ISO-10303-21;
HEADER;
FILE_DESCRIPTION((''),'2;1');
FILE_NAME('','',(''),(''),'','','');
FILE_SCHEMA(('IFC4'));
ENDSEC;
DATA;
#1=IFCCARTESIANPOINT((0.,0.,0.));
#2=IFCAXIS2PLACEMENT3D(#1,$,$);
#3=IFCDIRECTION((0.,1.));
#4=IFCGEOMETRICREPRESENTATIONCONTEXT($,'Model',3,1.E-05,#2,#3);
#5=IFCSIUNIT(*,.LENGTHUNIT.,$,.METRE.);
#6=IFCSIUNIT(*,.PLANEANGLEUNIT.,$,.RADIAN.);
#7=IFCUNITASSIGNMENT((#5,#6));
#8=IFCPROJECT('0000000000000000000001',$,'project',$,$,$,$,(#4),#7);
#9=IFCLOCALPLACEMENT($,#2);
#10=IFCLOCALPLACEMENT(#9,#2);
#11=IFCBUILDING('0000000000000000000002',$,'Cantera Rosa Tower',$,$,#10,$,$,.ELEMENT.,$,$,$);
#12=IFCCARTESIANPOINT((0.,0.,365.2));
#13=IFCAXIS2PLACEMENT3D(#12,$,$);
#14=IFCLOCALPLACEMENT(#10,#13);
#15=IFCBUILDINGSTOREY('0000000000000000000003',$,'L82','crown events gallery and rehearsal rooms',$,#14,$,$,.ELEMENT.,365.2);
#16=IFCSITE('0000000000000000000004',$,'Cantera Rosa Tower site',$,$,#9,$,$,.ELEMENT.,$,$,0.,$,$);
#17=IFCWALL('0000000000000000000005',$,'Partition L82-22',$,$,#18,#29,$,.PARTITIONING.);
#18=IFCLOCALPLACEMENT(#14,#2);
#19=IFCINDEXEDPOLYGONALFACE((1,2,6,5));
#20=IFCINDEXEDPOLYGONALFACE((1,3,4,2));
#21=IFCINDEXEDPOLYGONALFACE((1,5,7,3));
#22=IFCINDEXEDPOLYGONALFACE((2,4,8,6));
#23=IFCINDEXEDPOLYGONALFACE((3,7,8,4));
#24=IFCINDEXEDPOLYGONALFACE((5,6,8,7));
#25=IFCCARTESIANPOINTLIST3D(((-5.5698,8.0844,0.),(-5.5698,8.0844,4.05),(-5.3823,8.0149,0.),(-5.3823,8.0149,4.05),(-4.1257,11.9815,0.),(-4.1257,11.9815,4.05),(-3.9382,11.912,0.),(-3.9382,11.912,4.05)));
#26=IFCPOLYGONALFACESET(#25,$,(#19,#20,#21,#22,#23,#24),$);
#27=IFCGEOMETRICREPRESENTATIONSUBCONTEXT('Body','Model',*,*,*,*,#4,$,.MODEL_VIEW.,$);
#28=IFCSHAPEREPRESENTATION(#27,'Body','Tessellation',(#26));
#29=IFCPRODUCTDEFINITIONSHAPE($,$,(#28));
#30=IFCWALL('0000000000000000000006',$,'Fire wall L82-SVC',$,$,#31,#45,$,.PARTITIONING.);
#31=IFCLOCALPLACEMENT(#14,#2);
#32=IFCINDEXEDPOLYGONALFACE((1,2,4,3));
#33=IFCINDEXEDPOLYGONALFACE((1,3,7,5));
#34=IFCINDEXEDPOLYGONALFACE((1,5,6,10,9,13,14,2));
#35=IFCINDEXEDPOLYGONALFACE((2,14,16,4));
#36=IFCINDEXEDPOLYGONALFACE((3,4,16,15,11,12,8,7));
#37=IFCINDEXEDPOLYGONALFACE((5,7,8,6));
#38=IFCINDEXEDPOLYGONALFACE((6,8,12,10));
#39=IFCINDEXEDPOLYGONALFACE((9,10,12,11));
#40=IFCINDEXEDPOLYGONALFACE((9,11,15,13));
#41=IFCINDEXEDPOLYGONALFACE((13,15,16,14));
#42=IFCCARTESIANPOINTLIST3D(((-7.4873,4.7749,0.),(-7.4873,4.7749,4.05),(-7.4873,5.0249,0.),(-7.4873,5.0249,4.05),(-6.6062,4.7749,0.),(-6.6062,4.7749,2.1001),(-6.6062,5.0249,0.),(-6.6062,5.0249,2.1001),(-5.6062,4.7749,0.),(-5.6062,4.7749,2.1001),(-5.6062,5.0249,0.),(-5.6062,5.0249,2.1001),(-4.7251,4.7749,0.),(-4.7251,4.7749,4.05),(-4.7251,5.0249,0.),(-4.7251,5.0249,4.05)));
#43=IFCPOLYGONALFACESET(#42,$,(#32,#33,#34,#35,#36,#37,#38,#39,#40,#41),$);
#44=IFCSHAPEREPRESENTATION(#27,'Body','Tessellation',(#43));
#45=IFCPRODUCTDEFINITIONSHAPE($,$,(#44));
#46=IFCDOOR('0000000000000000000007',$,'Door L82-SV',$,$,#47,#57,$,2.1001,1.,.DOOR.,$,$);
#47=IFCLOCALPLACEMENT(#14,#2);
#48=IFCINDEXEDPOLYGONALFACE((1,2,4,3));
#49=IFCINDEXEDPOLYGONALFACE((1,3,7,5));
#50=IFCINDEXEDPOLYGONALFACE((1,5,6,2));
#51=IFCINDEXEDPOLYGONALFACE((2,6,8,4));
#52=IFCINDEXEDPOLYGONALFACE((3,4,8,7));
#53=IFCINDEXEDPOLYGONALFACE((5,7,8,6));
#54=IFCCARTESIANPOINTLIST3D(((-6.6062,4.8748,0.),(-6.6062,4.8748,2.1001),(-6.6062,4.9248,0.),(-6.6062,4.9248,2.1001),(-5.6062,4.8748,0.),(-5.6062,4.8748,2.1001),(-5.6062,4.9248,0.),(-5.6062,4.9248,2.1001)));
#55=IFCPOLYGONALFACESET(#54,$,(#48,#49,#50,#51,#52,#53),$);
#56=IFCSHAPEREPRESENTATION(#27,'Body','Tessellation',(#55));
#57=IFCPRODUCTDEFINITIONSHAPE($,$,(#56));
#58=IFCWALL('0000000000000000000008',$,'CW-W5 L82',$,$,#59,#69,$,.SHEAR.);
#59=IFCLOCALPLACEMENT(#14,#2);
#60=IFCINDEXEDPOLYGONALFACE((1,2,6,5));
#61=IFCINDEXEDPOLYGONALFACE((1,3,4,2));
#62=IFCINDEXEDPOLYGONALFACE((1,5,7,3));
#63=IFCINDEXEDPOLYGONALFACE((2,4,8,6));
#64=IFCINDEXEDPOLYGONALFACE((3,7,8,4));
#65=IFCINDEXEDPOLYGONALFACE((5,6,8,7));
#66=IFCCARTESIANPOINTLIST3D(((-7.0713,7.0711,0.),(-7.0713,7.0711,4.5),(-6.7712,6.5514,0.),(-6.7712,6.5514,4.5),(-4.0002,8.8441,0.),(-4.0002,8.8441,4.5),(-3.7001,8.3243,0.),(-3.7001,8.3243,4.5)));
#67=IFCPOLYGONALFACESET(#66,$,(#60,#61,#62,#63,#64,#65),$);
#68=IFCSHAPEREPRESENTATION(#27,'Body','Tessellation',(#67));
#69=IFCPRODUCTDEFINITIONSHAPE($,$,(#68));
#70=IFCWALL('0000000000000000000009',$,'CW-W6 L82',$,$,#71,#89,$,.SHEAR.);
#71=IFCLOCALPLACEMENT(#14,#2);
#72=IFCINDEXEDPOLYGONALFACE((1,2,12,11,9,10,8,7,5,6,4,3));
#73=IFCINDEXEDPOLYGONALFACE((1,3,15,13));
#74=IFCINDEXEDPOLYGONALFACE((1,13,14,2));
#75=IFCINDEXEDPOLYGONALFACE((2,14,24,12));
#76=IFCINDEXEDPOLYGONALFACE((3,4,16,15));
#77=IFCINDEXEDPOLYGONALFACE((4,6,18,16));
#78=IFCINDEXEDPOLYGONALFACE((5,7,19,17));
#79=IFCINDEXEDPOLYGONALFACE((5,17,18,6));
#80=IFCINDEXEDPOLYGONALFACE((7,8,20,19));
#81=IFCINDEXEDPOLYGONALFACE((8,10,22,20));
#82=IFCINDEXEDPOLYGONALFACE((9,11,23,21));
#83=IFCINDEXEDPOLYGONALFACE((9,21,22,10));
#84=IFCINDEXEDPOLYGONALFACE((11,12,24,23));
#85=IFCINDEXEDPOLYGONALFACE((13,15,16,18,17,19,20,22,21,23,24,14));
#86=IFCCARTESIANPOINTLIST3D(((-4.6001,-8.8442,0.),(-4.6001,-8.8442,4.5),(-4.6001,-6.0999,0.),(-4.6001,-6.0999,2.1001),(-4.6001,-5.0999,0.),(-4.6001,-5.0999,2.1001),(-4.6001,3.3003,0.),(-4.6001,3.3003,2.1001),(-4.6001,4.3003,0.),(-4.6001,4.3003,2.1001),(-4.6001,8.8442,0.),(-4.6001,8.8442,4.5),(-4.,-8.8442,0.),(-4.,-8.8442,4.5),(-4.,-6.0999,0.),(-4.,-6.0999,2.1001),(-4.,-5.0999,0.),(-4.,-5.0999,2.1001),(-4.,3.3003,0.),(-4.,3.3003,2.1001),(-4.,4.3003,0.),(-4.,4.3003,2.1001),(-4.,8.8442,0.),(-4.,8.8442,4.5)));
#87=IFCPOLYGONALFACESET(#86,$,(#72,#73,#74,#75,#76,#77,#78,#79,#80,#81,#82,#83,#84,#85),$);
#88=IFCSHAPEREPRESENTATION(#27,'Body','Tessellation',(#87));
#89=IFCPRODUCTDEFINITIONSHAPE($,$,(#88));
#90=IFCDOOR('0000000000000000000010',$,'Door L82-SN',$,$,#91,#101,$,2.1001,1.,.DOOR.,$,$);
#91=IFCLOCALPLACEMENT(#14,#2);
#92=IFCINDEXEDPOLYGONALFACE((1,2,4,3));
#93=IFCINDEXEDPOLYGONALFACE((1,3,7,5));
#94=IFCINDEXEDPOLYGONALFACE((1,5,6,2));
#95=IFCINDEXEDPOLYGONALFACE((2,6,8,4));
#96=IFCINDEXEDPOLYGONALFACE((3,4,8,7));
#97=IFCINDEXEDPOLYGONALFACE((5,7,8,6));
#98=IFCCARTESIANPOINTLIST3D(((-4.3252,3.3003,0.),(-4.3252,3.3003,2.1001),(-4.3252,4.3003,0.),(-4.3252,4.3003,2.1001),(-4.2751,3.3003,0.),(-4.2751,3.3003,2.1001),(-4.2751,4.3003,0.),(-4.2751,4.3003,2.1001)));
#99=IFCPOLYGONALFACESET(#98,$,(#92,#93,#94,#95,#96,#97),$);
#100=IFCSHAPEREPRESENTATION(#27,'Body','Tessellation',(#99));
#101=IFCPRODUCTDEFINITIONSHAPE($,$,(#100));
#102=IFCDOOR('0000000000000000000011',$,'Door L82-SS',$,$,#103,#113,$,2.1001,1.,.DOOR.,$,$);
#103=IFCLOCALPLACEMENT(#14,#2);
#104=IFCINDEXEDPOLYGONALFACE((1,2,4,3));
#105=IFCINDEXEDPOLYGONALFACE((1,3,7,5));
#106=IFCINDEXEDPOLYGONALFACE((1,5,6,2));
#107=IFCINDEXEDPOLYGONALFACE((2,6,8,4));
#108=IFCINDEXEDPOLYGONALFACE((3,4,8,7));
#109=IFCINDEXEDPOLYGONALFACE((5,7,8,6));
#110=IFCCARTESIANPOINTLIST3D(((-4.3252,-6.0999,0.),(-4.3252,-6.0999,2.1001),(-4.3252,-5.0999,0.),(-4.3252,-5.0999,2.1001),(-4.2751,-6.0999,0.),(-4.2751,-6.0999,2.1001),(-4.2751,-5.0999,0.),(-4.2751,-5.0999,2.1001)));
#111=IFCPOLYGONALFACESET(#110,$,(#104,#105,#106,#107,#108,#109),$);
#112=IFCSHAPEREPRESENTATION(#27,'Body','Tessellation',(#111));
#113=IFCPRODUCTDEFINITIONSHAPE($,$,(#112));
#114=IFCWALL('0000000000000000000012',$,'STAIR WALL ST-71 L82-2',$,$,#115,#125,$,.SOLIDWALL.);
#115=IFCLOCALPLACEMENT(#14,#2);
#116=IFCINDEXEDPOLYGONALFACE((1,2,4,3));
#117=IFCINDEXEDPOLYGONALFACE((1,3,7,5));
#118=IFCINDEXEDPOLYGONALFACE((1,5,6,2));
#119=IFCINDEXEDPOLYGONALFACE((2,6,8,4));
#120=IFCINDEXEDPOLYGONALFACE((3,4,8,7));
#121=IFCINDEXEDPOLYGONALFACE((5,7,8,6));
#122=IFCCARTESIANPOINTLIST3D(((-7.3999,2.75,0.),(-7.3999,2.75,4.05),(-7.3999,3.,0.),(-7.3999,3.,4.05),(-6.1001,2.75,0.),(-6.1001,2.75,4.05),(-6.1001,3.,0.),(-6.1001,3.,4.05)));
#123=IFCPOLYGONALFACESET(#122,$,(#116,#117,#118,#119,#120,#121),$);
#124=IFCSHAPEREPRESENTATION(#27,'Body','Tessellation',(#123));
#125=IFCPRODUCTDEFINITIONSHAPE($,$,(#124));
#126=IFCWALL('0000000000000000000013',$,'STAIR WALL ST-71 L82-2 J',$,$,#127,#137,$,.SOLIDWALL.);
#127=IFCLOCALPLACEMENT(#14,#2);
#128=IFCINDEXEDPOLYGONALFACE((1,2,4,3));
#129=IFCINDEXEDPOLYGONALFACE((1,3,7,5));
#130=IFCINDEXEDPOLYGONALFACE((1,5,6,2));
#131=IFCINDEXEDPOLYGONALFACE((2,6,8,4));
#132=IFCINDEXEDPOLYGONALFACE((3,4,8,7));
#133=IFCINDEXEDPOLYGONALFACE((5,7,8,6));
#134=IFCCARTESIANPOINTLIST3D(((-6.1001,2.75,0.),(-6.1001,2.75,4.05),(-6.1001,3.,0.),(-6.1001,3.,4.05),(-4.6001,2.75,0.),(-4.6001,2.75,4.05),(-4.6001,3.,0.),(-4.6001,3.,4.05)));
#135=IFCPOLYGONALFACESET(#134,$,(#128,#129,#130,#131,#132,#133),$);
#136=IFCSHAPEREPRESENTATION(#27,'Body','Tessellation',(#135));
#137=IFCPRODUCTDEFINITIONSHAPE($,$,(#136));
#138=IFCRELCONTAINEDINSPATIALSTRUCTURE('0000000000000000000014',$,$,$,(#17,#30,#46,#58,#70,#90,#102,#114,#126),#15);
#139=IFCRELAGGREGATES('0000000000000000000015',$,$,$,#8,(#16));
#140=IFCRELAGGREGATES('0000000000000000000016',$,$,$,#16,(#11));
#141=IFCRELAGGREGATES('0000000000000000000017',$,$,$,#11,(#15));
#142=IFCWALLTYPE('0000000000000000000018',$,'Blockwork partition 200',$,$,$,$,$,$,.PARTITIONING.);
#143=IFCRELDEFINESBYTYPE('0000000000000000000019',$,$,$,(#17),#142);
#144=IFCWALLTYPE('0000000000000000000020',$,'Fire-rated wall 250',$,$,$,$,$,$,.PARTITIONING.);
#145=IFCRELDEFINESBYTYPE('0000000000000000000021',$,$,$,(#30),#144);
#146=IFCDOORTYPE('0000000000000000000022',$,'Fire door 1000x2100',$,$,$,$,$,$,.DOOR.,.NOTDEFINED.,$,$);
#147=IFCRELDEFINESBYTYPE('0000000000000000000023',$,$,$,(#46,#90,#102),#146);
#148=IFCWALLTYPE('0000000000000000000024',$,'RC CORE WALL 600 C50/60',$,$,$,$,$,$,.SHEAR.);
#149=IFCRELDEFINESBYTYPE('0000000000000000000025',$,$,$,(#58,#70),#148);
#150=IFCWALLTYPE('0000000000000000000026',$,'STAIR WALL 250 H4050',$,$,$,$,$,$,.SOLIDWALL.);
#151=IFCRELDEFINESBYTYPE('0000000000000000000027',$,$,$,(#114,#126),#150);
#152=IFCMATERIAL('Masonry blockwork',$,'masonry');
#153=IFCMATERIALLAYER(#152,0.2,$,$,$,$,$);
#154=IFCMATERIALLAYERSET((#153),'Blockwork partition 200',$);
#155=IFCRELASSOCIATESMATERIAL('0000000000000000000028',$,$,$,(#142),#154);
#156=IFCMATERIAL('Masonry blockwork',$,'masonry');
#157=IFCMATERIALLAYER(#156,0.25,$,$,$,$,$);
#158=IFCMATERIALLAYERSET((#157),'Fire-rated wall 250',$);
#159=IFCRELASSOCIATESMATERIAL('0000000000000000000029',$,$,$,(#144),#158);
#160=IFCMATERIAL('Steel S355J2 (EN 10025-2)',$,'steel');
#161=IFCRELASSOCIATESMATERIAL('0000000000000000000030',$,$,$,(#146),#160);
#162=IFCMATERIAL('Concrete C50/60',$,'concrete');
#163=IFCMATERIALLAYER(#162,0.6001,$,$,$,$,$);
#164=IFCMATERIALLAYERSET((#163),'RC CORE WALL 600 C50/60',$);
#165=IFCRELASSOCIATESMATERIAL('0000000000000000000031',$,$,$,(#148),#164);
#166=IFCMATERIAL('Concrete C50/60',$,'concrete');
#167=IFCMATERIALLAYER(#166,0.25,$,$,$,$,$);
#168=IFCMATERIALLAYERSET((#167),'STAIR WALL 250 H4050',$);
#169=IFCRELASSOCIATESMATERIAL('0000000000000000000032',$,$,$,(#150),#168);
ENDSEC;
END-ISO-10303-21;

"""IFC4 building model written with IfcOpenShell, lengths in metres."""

from ifc_helpers import new_model, si_unit, direction, frame, frame_2d, origin, place, context, subcontext, project, spatial, rectangle, extrude, material, layer, layer_set, type_object, element, fill, save


model = new_model("IFC4")

# Units and contexts
model_context = context("Model", 3, precision=1e-05, world=origin(), true_north=direction((0.0, 1.0)))
body_context = subcontext(model_context, "Body", "Model", "MODEL_VIEW")
ifc_project = project(units=[si_unit("LENGTHUNIT", "METRE"), si_unit("PLANEANGLEUNIT", "RADIAN")], contexts=[model_context])

# Site, building, storey
site_placement = place(None, origin())
site = spatial("IfcSite", under=ifc_project, at=site_placement, Name="Cantera Rosa Tower site", CompositionType="ELEMENT", RefElevation=0.0)
building_placement = place(site_placement, origin())
building = spatial("IfcBuilding", under=site, at=building_placement, Name="Cantera Rosa Tower", CompositionType="ELEMENT")
storey_placement = place(building_placement, frame((0.0, 0.0, 365.2)))
storey = spatial("IfcBuildingStorey", under=building, at=storey_placement, Name="L82", Description="crown events gallery and rehearsal rooms", CompositionType="ELEMENT", Elevation=365.2)

# Wall
ifc_material_1 = material(Name="Masonry blockwork", Category="masonry")
ifc_layer_1 = layer(ifc_material_1, 0.2)
ifc_layer_set_1 = layer_set([ifc_layer_1], Name="Blockwork partition 200")
wall_type_1 = type_object("IfcWallType", Name="Blockwork partition 200", PredefinedType="PARTITIONING", material=ifc_layer_set_1)
wall_1_placement = place(storey_placement, frame((-5.4761, 8.0496, 0.0), z_axis=(0.0, 0.0, 1.0), x_axis=(0.347477, 0.937689, 0.0)))
element("IfcWall", 1, at=wall_1_placement, inside=storey, type_object=wall_type_1, Name="Partition L82-22", PredefinedType="PARTITIONING", context=body_context, shape_type="SweptSolid", body=[
    extrude(rectangle(XDim=4.156, YDim=0.2, at=frame_2d((2.0781, 0.0))), origin(), (0.0, 0.0, 1.0), 4.05),
])

# Wall, opening, door
ifc_material_2 = material(Name="Masonry blockwork", Category="masonry")
ifc_layer_2 = layer(ifc_material_2, 0.25)
ifc_layer_set_2 = layer_set([ifc_layer_2], Name="Fire-rated wall 250")
wall_type_2 = type_object("IfcWallType", Name="Fire-rated wall 250", PredefinedType="PARTITIONING", material=ifc_layer_set_2)
wall_2_placement = place(storey_placement, frame((-7.4873, 4.8999, 0.0), z_axis=(0.0, 0.0, 1.0), x_axis=(1.0, 0.0, 0.0)))
wall_2 = element("IfcWall", 2, at=wall_2_placement, inside=storey, type_object=wall_type_2, Name="Fire wall L82-SVC", PredefinedType="PARTITIONING", context=body_context, shape_type="SweptSolid", body=[
    extrude(rectangle(XDim=2.7622, YDim=0.25, at=frame_2d((1.3811, 0.0))), origin(), (0.0, 0.0, 1.0), 4.05),
])
opening_1_placement = place(wall_2_placement, frame((0.8811, 0.0, 0.0)))
opening_1 = element("IfcOpeningElement", 3, at=opening_1_placement, cuts=wall_2, PredefinedType="OPENING", context=body_context, shape_type="SweptSolid", body=[
    extrude(rectangle(XDim=1.0, YDim=2.1001, at=frame_2d((0.5, 1.05))), frame((0.0, 0.135, 0.0), z_axis=(0.0, -1.0, 0.0), x_axis=(1.0, 0.0, 0.0)), (0.0, 0.0, 1.0), 0.27),
])
ifc_material_3 = material(Name="Steel S355J2 (EN 10025-2)", Category="steel")
door_type = type_object("IfcDoorType", Name="Fire door 1000x2100", OperationType="NOTDEFINED", PredefinedType="DOOR", material=ifc_material_3)
door_1_placement = place(opening_1_placement, origin())
door_1 = element("IfcDoor", 4, at=door_1_placement, inside=storey, type_object=door_type, Name="Door L82-SV", OverallHeight=2.1001, OverallWidth=1.0, PredefinedType="DOOR", context=body_context, shape_type="SweptSolid", body=[
    extrude(rectangle(XDim=1.0, YDim=2.1001, at=frame_2d((0.5, 1.05))), frame((0.0, 0.0249, 0.0), z_axis=(0.0, -1.0, 0.0), x_axis=(1.0, 0.0, 0.0)), (0.0, 0.0, 1.0), 0.05),
])
fill(opening_1, door_1)

# Wall
ifc_material_4 = material(Name="Concrete C50/60", Category="concrete")
ifc_layer_3 = layer(ifc_material_4, 0.6001)
ifc_layer_set_3 = layer_set([ifc_layer_3], Name="RC CORE WALL 600 C50/60")
wall_type_3 = type_object("IfcWallType", Name="RC CORE WALL 600 C50/60", PredefinedType="SHEAR", material=ifc_layer_set_3)
wall_3_placement = place(storey_placement, frame((-6.9211, 6.8113, 0.0), z_axis=(0.0, 0.0, 1.0), x_axis=(0.86604, 0.499975, 0.0)))
element("IfcWall", 5, at=wall_3_placement, inside=storey, type_object=wall_type_3, Name="CW-W5 L82", PredefinedType="SHEAR", context=body_context, shape_type="SweptSolid", body=[
    extrude(rectangle(XDim=3.5461, YDim=0.6001, at=frame_2d((1.7729, 0.0))), origin(), (0.0, 0.0, 1.0), 4.5),
])

# Wall, openings, doors
wall_4_placement = place(storey_placement, frame((-4.3, 8.8442, 0.0), z_axis=(0.0, 0.0, 1.0), x_axis=(0.0, -1.0, 0.0)))
wall_4 = element("IfcWall", 6, at=wall_4_placement, inside=storey, type_object=wall_type_3, Name="CW-W6 L82", PredefinedType="SHEAR", context=body_context, shape_type="SweptSolid", body=[
    extrude(rectangle(XDim=17.6885, YDim=0.6001, at=frame_2d((8.8442, 0.0))), origin(), (0.0, 0.0, 1.0), 4.5),
])
opening_2_placement = place(wall_4_placement, frame((4.5439, 0.0, 0.0)))
opening_2 = element("IfcOpeningElement", 7, at=opening_2_placement, cuts=wall_4, PredefinedType="OPENING", context=body_context, shape_type="SweptSolid", body=[
    extrude(rectangle(XDim=1.0, YDim=2.1001, at=frame_2d((0.5, 1.05))), frame((0.0, 0.3101, 0.0), z_axis=(0.0, -1.0, 0.0), x_axis=(1.0, 0.0, 0.0)), (0.0, 0.0, 1.0), 0.6201),
])
opening_3_placement = place(wall_4_placement, frame((13.9441, 0.0, 0.0)))
opening_3 = element("IfcOpeningElement", 8, at=opening_3_placement, cuts=wall_4, PredefinedType="OPENING", context=body_context, shape_type="SweptSolid", body=[
    extrude(rectangle(XDim=1.0, YDim=2.1001, at=frame_2d((0.5, 1.05))), frame((0.0, 0.3101, 0.0), z_axis=(0.0, -1.0, 0.0), x_axis=(1.0, 0.0, 0.0)), (0.0, 0.0, 1.0), 0.6201),
])
door_2_placement = place(opening_2_placement, origin())
door_2 = element("IfcDoor", 9, at=door_2_placement, inside=storey, type_object=door_type, Name="Door L82-SN", OverallHeight=2.1001, OverallWidth=1.0, PredefinedType="DOOR", context=body_context, shape_type="SweptSolid", body=[
    extrude(rectangle(XDim=1.0, YDim=2.1001, at=frame_2d((0.5, 1.05))), frame((0.0, 0.0249, 0.0), z_axis=(0.0, -1.0, 0.0), x_axis=(1.0, 0.0, 0.0)), (0.0, 0.0, 1.0), 0.05),
])
fill(opening_2, door_2)
door_3_placement = place(opening_3_placement, origin())
door_3 = element("IfcDoor", 10, at=door_3_placement, inside=storey, type_object=door_type, Name="Door L82-SS", OverallHeight=2.1001, OverallWidth=1.0, PredefinedType="DOOR", context=body_context, shape_type="SweptSolid", body=[
    extrude(rectangle(XDim=1.0, YDim=2.1001, at=frame_2d((0.5, 1.05))), frame((0.0, 0.0249, 0.0), z_axis=(0.0, -1.0, 0.0), x_axis=(1.0, 0.0, 0.0)), (0.0, 0.0, 1.0), 0.05),
])
fill(opening_3, door_3)

# Walls
ifc_material_5 = material(Name="Concrete C50/60", Category="concrete")
ifc_layer_4 = layer(ifc_material_5, 0.25)
ifc_layer_set_4 = layer_set([ifc_layer_4], Name="STAIR WALL 250 H4050")
wall_type_4 = type_object("IfcWallType", Name="STAIR WALL 250 H4050", PredefinedType="SOLIDWALL", material=ifc_layer_set_4)
wall_5_placement = place(storey_placement, frame((-7.3999, 2.875, 0.0), z_axis=(0.0, 0.0, 1.0), x_axis=(1.0, 0.0, 0.0)))
element("IfcWall", 11, at=wall_5_placement, inside=storey, type_object=wall_type_4, Name="STAIR WALL ST-71 L82-2", PredefinedType="SOLIDWALL", context=body_context, shape_type="SweptSolid", body=[
    extrude(rectangle(XDim=1.2998, YDim=0.25, at=frame_2d((0.6499, 0.0))), origin(), (0.0, 0.0, 1.0), 4.05),
])
wall_6_placement = place(storey_placement, frame((-6.1001, 2.875, 0.0), z_axis=(0.0, 0.0, 1.0), x_axis=(1.0, 0.0, 0.0)))
element("IfcWall", 12, at=wall_6_placement, inside=storey, type_object=wall_type_4, Name="STAIR WALL ST-71 L82-2 J", PredefinedType="SOLIDWALL", context=body_context, shape_type="SweptSolid", body=[
    extrude(rectangle(XDim=1.5, YDim=0.25, at=frame_2d((0.75, 0.0))), origin(), (0.0, 0.0, 1.0), 4.05),
])

save(model, "model.ifc")
